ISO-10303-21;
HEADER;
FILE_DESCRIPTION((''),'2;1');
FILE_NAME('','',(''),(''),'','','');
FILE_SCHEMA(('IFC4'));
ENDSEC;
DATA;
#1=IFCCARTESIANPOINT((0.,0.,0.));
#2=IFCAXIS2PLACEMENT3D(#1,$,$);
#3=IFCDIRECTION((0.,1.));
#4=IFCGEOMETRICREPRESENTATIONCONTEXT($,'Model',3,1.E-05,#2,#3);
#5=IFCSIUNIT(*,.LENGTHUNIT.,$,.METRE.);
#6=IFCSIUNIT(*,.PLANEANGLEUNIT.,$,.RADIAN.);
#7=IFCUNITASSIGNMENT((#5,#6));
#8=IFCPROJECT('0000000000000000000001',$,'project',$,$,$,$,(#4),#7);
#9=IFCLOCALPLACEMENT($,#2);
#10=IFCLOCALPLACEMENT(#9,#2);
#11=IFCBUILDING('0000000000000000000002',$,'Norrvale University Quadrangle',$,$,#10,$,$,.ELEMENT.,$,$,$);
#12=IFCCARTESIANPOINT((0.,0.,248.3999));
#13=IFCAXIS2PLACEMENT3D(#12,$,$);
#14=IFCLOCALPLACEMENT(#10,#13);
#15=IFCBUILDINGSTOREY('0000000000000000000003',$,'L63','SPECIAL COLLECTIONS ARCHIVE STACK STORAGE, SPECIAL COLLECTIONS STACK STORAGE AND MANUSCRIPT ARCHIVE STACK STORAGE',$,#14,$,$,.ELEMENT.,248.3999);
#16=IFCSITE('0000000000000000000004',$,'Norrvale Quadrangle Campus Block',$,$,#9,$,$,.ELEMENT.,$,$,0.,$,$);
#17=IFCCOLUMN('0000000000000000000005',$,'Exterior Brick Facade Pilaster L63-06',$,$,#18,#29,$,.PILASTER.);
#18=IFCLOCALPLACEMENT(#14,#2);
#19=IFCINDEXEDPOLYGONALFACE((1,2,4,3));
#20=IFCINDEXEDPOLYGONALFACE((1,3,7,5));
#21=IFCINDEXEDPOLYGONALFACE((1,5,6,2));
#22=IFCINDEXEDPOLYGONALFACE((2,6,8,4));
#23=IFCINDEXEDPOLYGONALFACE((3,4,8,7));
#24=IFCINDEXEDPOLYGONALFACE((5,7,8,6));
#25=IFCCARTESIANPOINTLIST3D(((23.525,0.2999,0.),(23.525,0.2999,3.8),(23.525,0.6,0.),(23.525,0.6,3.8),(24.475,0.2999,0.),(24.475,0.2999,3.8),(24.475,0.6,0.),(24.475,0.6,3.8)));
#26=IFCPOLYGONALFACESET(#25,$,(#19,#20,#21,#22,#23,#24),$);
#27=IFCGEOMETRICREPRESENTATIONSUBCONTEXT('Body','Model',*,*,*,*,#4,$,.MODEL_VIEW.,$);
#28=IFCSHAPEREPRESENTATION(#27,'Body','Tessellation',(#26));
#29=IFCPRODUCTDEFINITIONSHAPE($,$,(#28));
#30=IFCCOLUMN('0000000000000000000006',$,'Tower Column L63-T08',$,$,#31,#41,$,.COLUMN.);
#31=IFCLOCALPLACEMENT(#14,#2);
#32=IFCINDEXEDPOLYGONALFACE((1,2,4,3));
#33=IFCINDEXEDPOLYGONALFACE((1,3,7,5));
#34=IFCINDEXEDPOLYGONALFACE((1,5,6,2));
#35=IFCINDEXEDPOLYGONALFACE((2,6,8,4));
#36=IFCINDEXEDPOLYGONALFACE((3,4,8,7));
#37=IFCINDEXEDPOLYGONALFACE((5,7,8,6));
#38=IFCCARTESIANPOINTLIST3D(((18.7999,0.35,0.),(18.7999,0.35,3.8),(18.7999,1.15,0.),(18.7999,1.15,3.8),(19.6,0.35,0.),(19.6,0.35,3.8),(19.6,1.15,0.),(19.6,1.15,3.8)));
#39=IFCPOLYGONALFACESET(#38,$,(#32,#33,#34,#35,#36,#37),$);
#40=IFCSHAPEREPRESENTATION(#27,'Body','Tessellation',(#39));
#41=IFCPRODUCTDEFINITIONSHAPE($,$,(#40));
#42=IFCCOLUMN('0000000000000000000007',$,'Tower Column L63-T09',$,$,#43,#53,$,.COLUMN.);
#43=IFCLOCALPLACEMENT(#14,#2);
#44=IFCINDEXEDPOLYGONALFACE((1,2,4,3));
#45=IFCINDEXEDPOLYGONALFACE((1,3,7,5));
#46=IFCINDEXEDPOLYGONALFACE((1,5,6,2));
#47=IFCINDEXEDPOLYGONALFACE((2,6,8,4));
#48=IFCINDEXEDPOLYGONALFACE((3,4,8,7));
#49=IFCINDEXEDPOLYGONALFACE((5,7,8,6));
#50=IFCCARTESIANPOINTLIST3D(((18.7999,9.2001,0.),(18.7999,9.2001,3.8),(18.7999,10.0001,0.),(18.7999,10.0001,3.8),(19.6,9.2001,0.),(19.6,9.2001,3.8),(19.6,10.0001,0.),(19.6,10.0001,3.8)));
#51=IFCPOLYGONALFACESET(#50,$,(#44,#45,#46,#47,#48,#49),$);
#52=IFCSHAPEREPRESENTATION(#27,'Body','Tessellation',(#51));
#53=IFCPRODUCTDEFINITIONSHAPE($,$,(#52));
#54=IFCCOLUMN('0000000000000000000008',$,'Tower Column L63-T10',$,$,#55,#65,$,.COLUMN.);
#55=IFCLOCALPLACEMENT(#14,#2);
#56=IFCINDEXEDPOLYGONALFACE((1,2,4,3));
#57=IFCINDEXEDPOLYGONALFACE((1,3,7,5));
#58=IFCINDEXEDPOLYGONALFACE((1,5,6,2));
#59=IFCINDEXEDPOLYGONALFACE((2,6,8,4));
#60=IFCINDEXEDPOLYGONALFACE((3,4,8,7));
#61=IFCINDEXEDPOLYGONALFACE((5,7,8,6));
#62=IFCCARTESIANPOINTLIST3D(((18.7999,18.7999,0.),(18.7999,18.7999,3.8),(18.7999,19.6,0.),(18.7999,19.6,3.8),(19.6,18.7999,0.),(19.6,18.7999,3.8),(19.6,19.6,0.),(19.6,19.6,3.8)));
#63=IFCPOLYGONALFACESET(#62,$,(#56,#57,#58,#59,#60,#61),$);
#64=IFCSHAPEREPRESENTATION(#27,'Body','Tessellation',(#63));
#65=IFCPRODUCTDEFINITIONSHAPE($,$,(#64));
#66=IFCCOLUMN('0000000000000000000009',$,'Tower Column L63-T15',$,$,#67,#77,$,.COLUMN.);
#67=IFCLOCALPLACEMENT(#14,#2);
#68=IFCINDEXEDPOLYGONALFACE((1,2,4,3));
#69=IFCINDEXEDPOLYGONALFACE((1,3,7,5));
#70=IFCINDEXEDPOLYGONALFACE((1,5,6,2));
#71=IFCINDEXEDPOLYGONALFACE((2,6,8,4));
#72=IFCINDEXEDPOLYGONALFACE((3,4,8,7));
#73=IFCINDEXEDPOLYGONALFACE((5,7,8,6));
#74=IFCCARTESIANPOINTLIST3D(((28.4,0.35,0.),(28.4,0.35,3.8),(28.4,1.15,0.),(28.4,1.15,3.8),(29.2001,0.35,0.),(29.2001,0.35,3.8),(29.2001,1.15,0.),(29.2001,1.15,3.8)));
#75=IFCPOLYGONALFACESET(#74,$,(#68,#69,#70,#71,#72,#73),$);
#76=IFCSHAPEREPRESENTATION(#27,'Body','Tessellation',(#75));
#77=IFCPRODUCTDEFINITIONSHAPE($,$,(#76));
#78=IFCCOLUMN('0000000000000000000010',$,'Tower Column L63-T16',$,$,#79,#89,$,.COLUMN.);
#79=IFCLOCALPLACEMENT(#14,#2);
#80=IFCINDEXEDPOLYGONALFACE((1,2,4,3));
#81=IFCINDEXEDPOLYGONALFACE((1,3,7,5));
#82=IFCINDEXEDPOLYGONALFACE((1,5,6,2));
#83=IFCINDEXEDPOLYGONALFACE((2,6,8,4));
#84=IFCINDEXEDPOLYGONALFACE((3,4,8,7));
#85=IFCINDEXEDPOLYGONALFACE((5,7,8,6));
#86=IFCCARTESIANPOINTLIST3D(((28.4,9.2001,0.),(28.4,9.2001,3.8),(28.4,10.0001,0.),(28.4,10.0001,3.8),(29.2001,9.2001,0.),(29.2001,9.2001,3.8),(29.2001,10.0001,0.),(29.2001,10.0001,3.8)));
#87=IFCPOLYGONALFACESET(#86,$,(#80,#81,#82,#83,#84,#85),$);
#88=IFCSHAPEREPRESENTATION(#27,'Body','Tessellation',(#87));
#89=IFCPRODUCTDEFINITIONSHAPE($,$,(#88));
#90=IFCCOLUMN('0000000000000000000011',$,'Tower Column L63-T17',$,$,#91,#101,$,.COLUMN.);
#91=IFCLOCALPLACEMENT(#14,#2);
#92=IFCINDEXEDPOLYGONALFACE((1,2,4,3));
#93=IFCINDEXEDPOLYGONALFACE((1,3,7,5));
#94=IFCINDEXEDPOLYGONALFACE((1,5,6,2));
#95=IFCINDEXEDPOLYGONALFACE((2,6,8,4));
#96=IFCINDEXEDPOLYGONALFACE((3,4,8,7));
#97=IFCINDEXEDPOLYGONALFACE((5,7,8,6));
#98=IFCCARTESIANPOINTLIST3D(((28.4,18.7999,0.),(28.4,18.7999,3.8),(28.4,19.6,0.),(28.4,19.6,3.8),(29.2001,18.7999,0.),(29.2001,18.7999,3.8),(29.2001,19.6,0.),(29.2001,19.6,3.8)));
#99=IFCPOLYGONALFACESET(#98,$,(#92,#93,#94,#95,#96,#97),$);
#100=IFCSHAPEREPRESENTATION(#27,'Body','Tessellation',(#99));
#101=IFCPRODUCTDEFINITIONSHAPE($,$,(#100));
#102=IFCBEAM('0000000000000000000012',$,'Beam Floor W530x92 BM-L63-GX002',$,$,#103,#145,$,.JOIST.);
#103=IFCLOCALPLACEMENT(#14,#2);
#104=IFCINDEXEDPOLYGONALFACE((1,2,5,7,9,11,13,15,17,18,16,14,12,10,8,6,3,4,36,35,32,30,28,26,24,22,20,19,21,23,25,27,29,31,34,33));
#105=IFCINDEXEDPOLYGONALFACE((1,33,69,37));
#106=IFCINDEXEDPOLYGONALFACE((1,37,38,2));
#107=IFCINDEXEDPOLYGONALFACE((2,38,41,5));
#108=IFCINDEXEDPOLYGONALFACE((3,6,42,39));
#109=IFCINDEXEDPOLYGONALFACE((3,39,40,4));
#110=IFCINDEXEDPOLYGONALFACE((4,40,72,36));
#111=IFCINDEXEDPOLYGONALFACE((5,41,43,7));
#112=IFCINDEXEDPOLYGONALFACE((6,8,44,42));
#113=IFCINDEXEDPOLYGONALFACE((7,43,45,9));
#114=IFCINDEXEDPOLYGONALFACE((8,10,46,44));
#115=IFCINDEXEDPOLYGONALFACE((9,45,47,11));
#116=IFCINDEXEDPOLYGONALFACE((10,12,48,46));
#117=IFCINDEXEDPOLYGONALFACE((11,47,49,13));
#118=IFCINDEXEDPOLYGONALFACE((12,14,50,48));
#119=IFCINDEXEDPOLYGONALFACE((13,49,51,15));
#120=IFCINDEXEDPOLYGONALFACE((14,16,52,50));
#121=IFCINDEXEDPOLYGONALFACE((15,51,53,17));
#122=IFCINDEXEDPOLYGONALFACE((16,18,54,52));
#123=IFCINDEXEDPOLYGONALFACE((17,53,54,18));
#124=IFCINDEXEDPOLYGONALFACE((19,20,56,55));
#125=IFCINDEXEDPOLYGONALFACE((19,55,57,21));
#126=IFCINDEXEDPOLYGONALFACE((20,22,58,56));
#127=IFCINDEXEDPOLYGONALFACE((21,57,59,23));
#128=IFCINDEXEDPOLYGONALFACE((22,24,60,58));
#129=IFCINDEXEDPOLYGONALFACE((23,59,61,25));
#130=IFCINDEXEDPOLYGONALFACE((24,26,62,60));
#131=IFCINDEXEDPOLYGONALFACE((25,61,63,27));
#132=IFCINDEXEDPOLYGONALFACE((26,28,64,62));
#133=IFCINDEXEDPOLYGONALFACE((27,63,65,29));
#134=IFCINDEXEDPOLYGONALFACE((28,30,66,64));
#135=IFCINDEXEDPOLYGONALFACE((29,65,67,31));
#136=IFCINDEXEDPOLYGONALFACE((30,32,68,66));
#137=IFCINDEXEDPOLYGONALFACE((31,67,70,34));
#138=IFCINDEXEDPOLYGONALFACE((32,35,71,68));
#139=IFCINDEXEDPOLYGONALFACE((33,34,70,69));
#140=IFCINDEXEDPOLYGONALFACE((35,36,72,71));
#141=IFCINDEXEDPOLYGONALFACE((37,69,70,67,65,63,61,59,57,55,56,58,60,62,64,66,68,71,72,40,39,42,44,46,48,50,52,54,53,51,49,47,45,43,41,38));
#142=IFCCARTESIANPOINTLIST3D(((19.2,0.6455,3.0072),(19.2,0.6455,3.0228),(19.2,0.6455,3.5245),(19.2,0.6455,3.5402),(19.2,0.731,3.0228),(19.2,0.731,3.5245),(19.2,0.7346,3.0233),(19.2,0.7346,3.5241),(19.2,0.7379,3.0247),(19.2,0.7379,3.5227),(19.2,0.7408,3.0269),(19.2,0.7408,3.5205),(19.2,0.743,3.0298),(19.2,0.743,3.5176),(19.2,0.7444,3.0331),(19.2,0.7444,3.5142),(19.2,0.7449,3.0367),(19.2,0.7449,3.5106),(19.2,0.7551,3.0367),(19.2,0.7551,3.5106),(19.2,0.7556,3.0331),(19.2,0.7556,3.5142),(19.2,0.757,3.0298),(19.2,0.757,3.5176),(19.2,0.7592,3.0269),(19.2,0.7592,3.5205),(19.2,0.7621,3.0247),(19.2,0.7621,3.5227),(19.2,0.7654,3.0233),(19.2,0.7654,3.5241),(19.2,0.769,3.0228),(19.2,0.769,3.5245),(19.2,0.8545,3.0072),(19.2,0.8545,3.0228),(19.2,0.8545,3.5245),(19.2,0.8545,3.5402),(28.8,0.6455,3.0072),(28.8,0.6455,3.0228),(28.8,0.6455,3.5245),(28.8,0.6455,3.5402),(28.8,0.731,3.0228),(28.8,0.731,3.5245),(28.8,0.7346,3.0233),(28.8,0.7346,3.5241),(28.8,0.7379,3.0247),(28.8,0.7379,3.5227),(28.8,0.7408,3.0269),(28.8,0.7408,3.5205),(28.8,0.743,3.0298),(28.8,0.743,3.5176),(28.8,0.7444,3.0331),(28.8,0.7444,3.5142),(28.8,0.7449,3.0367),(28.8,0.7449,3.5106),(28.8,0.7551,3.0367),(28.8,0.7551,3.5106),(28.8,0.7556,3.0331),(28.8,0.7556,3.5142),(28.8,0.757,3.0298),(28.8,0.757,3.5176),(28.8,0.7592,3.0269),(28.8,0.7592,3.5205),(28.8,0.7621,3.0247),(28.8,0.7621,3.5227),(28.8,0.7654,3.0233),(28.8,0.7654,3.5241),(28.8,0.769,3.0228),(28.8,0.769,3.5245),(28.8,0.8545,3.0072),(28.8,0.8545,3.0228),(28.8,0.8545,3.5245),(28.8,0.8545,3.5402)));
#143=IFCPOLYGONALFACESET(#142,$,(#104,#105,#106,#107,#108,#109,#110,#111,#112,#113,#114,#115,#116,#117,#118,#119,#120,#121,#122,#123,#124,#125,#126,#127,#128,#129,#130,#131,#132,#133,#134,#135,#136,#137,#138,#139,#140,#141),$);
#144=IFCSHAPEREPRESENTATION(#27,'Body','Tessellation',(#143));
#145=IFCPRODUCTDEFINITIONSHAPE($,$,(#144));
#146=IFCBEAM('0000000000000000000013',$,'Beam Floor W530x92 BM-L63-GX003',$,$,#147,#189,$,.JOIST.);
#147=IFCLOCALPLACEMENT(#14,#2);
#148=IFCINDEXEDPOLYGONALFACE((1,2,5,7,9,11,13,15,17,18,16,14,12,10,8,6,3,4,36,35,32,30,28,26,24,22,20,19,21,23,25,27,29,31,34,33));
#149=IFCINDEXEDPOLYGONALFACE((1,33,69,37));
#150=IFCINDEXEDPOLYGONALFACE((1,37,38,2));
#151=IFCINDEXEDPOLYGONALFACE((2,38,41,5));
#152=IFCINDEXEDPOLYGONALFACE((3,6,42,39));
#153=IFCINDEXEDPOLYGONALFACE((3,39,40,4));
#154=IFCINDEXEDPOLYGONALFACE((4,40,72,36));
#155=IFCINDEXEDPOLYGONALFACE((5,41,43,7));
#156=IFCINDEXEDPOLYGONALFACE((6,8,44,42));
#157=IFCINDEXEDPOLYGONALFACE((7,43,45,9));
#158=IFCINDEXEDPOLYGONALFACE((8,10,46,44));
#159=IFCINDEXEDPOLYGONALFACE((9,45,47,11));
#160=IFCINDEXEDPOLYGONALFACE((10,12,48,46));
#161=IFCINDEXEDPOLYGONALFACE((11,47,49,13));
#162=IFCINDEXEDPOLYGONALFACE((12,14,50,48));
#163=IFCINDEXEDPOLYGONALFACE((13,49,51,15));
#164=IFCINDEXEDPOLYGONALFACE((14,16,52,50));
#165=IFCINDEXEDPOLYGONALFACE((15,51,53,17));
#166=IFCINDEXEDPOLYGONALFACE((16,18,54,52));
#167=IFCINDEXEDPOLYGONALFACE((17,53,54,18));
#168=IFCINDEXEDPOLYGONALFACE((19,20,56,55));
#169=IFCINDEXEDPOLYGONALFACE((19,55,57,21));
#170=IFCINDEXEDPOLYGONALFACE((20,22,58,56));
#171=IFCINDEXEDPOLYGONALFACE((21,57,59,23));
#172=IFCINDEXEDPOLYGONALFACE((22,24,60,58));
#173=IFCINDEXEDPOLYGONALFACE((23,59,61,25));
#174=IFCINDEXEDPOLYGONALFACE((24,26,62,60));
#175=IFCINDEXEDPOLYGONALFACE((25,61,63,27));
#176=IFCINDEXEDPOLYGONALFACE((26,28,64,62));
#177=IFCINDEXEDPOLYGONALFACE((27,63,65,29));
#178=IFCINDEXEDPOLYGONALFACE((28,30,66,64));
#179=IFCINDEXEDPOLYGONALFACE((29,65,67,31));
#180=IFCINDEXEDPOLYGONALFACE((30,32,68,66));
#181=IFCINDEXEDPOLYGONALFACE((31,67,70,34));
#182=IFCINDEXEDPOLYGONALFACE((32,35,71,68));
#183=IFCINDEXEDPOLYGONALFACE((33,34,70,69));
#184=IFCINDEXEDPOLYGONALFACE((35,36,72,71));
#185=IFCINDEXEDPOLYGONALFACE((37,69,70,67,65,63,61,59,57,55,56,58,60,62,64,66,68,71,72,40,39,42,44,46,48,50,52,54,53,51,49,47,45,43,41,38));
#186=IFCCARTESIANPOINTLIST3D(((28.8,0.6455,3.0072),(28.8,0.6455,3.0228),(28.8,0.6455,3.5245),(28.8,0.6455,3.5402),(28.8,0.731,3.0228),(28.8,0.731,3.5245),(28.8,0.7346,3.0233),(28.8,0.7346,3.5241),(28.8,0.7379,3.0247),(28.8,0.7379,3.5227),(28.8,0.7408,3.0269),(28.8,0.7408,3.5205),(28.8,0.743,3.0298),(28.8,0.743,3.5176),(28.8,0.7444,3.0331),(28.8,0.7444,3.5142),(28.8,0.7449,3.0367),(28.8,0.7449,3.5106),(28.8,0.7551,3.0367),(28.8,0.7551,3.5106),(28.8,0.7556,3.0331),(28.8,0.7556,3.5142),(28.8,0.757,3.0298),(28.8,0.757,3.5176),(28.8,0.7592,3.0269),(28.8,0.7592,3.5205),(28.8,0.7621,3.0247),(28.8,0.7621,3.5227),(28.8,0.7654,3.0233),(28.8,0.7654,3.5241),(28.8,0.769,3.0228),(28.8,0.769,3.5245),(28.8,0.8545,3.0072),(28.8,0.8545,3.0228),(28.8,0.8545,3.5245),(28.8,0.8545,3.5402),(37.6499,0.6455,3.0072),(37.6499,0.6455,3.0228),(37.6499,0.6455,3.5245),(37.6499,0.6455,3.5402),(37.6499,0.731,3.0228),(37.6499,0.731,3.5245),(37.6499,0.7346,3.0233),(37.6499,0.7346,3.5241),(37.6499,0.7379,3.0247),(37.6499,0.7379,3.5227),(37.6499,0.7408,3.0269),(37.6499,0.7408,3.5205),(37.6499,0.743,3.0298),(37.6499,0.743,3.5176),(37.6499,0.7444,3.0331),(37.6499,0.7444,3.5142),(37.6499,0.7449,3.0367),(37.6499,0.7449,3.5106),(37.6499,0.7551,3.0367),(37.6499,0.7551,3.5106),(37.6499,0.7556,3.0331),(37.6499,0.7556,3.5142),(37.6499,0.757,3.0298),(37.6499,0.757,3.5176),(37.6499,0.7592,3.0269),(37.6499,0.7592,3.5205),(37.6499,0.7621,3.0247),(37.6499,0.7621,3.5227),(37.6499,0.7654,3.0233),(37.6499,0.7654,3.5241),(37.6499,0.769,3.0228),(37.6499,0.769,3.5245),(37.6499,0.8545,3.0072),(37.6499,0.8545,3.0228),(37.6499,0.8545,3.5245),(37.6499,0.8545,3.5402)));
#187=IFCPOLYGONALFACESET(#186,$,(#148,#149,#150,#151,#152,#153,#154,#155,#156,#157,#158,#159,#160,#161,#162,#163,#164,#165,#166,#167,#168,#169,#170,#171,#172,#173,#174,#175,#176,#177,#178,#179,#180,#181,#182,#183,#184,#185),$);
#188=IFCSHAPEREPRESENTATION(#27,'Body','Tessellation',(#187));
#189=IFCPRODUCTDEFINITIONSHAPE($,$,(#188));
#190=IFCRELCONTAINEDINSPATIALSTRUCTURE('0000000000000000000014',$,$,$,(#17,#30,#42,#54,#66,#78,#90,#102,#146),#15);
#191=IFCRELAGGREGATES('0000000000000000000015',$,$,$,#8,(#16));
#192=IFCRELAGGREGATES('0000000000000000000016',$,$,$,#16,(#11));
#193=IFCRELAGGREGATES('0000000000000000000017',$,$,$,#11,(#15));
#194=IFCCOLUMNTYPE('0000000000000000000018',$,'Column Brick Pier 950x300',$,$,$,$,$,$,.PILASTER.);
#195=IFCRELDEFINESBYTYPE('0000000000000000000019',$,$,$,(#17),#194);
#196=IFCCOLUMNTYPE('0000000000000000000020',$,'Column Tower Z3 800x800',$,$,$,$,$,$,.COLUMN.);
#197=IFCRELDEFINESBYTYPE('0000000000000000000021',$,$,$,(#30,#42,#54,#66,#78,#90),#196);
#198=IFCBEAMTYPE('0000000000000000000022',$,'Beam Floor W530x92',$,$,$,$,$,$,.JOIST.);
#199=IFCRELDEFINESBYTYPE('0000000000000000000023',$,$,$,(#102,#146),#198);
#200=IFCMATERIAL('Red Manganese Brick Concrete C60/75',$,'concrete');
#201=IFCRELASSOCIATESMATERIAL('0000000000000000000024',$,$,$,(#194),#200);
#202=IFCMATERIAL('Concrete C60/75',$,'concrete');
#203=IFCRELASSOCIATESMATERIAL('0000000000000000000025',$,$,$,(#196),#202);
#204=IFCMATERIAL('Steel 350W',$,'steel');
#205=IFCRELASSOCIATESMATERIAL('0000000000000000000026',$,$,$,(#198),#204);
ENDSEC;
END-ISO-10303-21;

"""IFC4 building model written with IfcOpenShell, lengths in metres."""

from ifc_helpers import new_model, si_unit, direction, frame, origin, origin_2d, place, context, subcontext, project, spatial, rectangle, i_section, extrude, material, material_profile, profile_set, type_object, element, save


model = new_model("IFC4")

# Units and contexts
model_context = context("Model", 3, precision=1e-05, world=origin(), true_north=direction((0.0, 1.0)))
body_context = subcontext(model_context, "Body", "Model", "MODEL_VIEW")
ifc_project = project(units=[si_unit("LENGTHUNIT", "METRE"), si_unit("PLANEANGLEUNIT", "RADIAN")], contexts=[model_context])

# Site, building, storey
site_placement = place(None, origin())
site = spatial("IfcSite", under=ifc_project, at=site_placement, Name="Norrvale Quadrangle Campus Block", CompositionType="ELEMENT", RefElevation=0.0)
building_placement = place(site_placement, origin())
building = spatial("IfcBuilding", under=site, at=building_placement, Name="Norrvale University Quadrangle", CompositionType="ELEMENT")
storey_placement = place(building_placement, frame((0.0, 0.0, 248.3999)))
storey = spatial("IfcBuildingStorey", under=building, at=storey_placement, Name="L63", Description="SPECIAL COLLECTIONS ARCHIVE STACK STORAGE, SPECIAL COLLECTIONS STACK STORAGE AND MANUSCRIPT ARCHIVE STACK STORAGE", CompositionType="ELEMENT", Elevation=248.3999)

# Columns
ifc_material_1 = material(Name="Red Manganese Brick Concrete C60/75", Category="concrete")
ifc_material_profile_1 = material_profile(ifc_material_1, rectangle(XDim=0.95, YDim=0.3, at=origin_2d()), Name="Red Manganese Brick Concrete C60/75")
ifc_profile_set_1 = profile_set([ifc_material_profile_1], Name="Red Manganese Brick Concrete C60/75")
column_type_1 = type_object("IfcColumnType", Name="Column Brick Pier 950x300", PredefinedType="PILASTER", material=ifc_profile_set_1)
column_placement = place(storey_placement, frame((24.0, 0.45, 0.0), z_axis=(0.0, 0.0, 1.0), x_axis=(1.0, 0.0, 0.0)))
element("IfcColumn", 1, at=column_placement, inside=storey, type_object=column_type_1, Name="Exterior Brick Facade Pilaster L63-06", PredefinedType="PILASTER", context=body_context, shape_type="SweptSolid", body=[
    extrude(rectangle(XDim=0.95, YDim=0.3, at=origin_2d()), origin(), (0.0, 0.0, 1.0), 3.8),
])
ifc_material_2 = material(Name="Concrete C60/75", Category="concrete")
ifc_material_profile_2 = material_profile(ifc_material_2, rectangle(XDim=0.8, YDim=0.8, at=origin_2d()), Name="Concrete C60/75")
ifc_profile_set_2 = profile_set([ifc_material_profile_2], Name="Concrete C60/75")
column_type_2 = type_object("IfcColumnType", Name="Column Tower Z3 800x800", PredefinedType="COLUMN", material=ifc_profile_set_2)
for number, where, z_axis, x_axis, name in (
    (2, (19.2, 0.75, 0.0), (0.0, 0.0, 1.0), (1.0, 0.0, 0.0), "Tower Column L63-T08"),
    (3, (19.2, 9.6001, 0.0), (0.0, 0.0, 1.0), (1.0, 0.0, 0.0), "Tower Column L63-T09"),
    (4, (19.2, 19.2, 0.0), (0.0, 0.0, 1.0), (1.0, 0.0, 0.0), "Tower Column L63-T10"),
    (5, (28.8, 0.75, 0.0), (0.0, 0.0, 1.0), (1.0, 0.0, 0.0), "Tower Column L63-T15"),
    (6, (28.8, 9.6001, 0.0), (0.0, 0.0, 1.0), (1.0, 0.0, 0.0), "Tower Column L63-T16"),
    (7, (28.8, 19.2, 0.0), (0.0, 0.0, 1.0), (1.0, 0.0, 0.0), "Tower Column L63-T17"),
):
    element("IfcColumn", number, at=place(storey_placement, frame(where, z_axis=z_axis, x_axis=x_axis)), inside=storey, type_object=column_type_2, Name=name, PredefinedType="COLUMN", context=body_context, shape_type="SweptSolid", body=[
        extrude(rectangle(XDim=0.8, YDim=0.8, at=origin_2d()), origin(), (0.0, 0.0, 1.0), 3.8),
    ])

# Beams
ifc_material_3 = material(Name="Steel 350W", Category="steel")
ifc_material_profile_3 = material_profile(ifc_material_3, i_section(OverallWidth=0.209, OverallDepth=0.533, WebThickness=0.0103, FlangeThickness=0.0156, FilletRadius=0.0139, at=origin_2d()), Name="Steel 350W")
ifc_profile_set_3 = profile_set([ifc_material_profile_3], Name="Steel 350W")
beam_type_1 = type_object("IfcBeamType", Name="Beam Floor W530x92", PredefinedType="JOIST", material=ifc_profile_set_3)
beam_1_placement = place(storey_placement, frame((19.2, 0.75, 3.2737), z_axis=(1.0, 0.0, 0.0), x_axis=(0.0, 1.0, 0.0)))
element("IfcBeam", 8, at=beam_1_placement, inside=storey, type_object=beam_type_1, Name="Beam Floor W530x92 BM-L63-GX002", PredefinedType="JOIST", context=body_context, shape_type="SweptSolid", body=[
    extrude(i_section(OverallWidth=0.209, OverallDepth=0.533, WebThickness=0.0103, FlangeThickness=0.0156, FilletRadius=0.0139, at=origin_2d()), origin(), (0.0, 0.0, 1.0), 9.6001),
])
beam_2_placement = place(storey_placement, frame((28.8, 0.75, 3.2737), z_axis=(1.0, 0.0, 0.0), x_axis=(0.0, 1.0, 0.0)))
element("IfcBeam", 9, at=beam_2_placement, inside=storey, type_object=beam_type_1, Name="Beam Floor W530x92 BM-L63-GX003", PredefinedType="JOIST", context=body_context, shape_type="SweptSolid", body=[
    extrude(i_section(OverallWidth=0.209, OverallDepth=0.533, WebThickness=0.0103, FlangeThickness=0.0156, FilletRadius=0.0139, at=origin_2d()), origin(), (0.0, 0.0, 1.0), 8.8499),
])

save(model, "model.ifc")
